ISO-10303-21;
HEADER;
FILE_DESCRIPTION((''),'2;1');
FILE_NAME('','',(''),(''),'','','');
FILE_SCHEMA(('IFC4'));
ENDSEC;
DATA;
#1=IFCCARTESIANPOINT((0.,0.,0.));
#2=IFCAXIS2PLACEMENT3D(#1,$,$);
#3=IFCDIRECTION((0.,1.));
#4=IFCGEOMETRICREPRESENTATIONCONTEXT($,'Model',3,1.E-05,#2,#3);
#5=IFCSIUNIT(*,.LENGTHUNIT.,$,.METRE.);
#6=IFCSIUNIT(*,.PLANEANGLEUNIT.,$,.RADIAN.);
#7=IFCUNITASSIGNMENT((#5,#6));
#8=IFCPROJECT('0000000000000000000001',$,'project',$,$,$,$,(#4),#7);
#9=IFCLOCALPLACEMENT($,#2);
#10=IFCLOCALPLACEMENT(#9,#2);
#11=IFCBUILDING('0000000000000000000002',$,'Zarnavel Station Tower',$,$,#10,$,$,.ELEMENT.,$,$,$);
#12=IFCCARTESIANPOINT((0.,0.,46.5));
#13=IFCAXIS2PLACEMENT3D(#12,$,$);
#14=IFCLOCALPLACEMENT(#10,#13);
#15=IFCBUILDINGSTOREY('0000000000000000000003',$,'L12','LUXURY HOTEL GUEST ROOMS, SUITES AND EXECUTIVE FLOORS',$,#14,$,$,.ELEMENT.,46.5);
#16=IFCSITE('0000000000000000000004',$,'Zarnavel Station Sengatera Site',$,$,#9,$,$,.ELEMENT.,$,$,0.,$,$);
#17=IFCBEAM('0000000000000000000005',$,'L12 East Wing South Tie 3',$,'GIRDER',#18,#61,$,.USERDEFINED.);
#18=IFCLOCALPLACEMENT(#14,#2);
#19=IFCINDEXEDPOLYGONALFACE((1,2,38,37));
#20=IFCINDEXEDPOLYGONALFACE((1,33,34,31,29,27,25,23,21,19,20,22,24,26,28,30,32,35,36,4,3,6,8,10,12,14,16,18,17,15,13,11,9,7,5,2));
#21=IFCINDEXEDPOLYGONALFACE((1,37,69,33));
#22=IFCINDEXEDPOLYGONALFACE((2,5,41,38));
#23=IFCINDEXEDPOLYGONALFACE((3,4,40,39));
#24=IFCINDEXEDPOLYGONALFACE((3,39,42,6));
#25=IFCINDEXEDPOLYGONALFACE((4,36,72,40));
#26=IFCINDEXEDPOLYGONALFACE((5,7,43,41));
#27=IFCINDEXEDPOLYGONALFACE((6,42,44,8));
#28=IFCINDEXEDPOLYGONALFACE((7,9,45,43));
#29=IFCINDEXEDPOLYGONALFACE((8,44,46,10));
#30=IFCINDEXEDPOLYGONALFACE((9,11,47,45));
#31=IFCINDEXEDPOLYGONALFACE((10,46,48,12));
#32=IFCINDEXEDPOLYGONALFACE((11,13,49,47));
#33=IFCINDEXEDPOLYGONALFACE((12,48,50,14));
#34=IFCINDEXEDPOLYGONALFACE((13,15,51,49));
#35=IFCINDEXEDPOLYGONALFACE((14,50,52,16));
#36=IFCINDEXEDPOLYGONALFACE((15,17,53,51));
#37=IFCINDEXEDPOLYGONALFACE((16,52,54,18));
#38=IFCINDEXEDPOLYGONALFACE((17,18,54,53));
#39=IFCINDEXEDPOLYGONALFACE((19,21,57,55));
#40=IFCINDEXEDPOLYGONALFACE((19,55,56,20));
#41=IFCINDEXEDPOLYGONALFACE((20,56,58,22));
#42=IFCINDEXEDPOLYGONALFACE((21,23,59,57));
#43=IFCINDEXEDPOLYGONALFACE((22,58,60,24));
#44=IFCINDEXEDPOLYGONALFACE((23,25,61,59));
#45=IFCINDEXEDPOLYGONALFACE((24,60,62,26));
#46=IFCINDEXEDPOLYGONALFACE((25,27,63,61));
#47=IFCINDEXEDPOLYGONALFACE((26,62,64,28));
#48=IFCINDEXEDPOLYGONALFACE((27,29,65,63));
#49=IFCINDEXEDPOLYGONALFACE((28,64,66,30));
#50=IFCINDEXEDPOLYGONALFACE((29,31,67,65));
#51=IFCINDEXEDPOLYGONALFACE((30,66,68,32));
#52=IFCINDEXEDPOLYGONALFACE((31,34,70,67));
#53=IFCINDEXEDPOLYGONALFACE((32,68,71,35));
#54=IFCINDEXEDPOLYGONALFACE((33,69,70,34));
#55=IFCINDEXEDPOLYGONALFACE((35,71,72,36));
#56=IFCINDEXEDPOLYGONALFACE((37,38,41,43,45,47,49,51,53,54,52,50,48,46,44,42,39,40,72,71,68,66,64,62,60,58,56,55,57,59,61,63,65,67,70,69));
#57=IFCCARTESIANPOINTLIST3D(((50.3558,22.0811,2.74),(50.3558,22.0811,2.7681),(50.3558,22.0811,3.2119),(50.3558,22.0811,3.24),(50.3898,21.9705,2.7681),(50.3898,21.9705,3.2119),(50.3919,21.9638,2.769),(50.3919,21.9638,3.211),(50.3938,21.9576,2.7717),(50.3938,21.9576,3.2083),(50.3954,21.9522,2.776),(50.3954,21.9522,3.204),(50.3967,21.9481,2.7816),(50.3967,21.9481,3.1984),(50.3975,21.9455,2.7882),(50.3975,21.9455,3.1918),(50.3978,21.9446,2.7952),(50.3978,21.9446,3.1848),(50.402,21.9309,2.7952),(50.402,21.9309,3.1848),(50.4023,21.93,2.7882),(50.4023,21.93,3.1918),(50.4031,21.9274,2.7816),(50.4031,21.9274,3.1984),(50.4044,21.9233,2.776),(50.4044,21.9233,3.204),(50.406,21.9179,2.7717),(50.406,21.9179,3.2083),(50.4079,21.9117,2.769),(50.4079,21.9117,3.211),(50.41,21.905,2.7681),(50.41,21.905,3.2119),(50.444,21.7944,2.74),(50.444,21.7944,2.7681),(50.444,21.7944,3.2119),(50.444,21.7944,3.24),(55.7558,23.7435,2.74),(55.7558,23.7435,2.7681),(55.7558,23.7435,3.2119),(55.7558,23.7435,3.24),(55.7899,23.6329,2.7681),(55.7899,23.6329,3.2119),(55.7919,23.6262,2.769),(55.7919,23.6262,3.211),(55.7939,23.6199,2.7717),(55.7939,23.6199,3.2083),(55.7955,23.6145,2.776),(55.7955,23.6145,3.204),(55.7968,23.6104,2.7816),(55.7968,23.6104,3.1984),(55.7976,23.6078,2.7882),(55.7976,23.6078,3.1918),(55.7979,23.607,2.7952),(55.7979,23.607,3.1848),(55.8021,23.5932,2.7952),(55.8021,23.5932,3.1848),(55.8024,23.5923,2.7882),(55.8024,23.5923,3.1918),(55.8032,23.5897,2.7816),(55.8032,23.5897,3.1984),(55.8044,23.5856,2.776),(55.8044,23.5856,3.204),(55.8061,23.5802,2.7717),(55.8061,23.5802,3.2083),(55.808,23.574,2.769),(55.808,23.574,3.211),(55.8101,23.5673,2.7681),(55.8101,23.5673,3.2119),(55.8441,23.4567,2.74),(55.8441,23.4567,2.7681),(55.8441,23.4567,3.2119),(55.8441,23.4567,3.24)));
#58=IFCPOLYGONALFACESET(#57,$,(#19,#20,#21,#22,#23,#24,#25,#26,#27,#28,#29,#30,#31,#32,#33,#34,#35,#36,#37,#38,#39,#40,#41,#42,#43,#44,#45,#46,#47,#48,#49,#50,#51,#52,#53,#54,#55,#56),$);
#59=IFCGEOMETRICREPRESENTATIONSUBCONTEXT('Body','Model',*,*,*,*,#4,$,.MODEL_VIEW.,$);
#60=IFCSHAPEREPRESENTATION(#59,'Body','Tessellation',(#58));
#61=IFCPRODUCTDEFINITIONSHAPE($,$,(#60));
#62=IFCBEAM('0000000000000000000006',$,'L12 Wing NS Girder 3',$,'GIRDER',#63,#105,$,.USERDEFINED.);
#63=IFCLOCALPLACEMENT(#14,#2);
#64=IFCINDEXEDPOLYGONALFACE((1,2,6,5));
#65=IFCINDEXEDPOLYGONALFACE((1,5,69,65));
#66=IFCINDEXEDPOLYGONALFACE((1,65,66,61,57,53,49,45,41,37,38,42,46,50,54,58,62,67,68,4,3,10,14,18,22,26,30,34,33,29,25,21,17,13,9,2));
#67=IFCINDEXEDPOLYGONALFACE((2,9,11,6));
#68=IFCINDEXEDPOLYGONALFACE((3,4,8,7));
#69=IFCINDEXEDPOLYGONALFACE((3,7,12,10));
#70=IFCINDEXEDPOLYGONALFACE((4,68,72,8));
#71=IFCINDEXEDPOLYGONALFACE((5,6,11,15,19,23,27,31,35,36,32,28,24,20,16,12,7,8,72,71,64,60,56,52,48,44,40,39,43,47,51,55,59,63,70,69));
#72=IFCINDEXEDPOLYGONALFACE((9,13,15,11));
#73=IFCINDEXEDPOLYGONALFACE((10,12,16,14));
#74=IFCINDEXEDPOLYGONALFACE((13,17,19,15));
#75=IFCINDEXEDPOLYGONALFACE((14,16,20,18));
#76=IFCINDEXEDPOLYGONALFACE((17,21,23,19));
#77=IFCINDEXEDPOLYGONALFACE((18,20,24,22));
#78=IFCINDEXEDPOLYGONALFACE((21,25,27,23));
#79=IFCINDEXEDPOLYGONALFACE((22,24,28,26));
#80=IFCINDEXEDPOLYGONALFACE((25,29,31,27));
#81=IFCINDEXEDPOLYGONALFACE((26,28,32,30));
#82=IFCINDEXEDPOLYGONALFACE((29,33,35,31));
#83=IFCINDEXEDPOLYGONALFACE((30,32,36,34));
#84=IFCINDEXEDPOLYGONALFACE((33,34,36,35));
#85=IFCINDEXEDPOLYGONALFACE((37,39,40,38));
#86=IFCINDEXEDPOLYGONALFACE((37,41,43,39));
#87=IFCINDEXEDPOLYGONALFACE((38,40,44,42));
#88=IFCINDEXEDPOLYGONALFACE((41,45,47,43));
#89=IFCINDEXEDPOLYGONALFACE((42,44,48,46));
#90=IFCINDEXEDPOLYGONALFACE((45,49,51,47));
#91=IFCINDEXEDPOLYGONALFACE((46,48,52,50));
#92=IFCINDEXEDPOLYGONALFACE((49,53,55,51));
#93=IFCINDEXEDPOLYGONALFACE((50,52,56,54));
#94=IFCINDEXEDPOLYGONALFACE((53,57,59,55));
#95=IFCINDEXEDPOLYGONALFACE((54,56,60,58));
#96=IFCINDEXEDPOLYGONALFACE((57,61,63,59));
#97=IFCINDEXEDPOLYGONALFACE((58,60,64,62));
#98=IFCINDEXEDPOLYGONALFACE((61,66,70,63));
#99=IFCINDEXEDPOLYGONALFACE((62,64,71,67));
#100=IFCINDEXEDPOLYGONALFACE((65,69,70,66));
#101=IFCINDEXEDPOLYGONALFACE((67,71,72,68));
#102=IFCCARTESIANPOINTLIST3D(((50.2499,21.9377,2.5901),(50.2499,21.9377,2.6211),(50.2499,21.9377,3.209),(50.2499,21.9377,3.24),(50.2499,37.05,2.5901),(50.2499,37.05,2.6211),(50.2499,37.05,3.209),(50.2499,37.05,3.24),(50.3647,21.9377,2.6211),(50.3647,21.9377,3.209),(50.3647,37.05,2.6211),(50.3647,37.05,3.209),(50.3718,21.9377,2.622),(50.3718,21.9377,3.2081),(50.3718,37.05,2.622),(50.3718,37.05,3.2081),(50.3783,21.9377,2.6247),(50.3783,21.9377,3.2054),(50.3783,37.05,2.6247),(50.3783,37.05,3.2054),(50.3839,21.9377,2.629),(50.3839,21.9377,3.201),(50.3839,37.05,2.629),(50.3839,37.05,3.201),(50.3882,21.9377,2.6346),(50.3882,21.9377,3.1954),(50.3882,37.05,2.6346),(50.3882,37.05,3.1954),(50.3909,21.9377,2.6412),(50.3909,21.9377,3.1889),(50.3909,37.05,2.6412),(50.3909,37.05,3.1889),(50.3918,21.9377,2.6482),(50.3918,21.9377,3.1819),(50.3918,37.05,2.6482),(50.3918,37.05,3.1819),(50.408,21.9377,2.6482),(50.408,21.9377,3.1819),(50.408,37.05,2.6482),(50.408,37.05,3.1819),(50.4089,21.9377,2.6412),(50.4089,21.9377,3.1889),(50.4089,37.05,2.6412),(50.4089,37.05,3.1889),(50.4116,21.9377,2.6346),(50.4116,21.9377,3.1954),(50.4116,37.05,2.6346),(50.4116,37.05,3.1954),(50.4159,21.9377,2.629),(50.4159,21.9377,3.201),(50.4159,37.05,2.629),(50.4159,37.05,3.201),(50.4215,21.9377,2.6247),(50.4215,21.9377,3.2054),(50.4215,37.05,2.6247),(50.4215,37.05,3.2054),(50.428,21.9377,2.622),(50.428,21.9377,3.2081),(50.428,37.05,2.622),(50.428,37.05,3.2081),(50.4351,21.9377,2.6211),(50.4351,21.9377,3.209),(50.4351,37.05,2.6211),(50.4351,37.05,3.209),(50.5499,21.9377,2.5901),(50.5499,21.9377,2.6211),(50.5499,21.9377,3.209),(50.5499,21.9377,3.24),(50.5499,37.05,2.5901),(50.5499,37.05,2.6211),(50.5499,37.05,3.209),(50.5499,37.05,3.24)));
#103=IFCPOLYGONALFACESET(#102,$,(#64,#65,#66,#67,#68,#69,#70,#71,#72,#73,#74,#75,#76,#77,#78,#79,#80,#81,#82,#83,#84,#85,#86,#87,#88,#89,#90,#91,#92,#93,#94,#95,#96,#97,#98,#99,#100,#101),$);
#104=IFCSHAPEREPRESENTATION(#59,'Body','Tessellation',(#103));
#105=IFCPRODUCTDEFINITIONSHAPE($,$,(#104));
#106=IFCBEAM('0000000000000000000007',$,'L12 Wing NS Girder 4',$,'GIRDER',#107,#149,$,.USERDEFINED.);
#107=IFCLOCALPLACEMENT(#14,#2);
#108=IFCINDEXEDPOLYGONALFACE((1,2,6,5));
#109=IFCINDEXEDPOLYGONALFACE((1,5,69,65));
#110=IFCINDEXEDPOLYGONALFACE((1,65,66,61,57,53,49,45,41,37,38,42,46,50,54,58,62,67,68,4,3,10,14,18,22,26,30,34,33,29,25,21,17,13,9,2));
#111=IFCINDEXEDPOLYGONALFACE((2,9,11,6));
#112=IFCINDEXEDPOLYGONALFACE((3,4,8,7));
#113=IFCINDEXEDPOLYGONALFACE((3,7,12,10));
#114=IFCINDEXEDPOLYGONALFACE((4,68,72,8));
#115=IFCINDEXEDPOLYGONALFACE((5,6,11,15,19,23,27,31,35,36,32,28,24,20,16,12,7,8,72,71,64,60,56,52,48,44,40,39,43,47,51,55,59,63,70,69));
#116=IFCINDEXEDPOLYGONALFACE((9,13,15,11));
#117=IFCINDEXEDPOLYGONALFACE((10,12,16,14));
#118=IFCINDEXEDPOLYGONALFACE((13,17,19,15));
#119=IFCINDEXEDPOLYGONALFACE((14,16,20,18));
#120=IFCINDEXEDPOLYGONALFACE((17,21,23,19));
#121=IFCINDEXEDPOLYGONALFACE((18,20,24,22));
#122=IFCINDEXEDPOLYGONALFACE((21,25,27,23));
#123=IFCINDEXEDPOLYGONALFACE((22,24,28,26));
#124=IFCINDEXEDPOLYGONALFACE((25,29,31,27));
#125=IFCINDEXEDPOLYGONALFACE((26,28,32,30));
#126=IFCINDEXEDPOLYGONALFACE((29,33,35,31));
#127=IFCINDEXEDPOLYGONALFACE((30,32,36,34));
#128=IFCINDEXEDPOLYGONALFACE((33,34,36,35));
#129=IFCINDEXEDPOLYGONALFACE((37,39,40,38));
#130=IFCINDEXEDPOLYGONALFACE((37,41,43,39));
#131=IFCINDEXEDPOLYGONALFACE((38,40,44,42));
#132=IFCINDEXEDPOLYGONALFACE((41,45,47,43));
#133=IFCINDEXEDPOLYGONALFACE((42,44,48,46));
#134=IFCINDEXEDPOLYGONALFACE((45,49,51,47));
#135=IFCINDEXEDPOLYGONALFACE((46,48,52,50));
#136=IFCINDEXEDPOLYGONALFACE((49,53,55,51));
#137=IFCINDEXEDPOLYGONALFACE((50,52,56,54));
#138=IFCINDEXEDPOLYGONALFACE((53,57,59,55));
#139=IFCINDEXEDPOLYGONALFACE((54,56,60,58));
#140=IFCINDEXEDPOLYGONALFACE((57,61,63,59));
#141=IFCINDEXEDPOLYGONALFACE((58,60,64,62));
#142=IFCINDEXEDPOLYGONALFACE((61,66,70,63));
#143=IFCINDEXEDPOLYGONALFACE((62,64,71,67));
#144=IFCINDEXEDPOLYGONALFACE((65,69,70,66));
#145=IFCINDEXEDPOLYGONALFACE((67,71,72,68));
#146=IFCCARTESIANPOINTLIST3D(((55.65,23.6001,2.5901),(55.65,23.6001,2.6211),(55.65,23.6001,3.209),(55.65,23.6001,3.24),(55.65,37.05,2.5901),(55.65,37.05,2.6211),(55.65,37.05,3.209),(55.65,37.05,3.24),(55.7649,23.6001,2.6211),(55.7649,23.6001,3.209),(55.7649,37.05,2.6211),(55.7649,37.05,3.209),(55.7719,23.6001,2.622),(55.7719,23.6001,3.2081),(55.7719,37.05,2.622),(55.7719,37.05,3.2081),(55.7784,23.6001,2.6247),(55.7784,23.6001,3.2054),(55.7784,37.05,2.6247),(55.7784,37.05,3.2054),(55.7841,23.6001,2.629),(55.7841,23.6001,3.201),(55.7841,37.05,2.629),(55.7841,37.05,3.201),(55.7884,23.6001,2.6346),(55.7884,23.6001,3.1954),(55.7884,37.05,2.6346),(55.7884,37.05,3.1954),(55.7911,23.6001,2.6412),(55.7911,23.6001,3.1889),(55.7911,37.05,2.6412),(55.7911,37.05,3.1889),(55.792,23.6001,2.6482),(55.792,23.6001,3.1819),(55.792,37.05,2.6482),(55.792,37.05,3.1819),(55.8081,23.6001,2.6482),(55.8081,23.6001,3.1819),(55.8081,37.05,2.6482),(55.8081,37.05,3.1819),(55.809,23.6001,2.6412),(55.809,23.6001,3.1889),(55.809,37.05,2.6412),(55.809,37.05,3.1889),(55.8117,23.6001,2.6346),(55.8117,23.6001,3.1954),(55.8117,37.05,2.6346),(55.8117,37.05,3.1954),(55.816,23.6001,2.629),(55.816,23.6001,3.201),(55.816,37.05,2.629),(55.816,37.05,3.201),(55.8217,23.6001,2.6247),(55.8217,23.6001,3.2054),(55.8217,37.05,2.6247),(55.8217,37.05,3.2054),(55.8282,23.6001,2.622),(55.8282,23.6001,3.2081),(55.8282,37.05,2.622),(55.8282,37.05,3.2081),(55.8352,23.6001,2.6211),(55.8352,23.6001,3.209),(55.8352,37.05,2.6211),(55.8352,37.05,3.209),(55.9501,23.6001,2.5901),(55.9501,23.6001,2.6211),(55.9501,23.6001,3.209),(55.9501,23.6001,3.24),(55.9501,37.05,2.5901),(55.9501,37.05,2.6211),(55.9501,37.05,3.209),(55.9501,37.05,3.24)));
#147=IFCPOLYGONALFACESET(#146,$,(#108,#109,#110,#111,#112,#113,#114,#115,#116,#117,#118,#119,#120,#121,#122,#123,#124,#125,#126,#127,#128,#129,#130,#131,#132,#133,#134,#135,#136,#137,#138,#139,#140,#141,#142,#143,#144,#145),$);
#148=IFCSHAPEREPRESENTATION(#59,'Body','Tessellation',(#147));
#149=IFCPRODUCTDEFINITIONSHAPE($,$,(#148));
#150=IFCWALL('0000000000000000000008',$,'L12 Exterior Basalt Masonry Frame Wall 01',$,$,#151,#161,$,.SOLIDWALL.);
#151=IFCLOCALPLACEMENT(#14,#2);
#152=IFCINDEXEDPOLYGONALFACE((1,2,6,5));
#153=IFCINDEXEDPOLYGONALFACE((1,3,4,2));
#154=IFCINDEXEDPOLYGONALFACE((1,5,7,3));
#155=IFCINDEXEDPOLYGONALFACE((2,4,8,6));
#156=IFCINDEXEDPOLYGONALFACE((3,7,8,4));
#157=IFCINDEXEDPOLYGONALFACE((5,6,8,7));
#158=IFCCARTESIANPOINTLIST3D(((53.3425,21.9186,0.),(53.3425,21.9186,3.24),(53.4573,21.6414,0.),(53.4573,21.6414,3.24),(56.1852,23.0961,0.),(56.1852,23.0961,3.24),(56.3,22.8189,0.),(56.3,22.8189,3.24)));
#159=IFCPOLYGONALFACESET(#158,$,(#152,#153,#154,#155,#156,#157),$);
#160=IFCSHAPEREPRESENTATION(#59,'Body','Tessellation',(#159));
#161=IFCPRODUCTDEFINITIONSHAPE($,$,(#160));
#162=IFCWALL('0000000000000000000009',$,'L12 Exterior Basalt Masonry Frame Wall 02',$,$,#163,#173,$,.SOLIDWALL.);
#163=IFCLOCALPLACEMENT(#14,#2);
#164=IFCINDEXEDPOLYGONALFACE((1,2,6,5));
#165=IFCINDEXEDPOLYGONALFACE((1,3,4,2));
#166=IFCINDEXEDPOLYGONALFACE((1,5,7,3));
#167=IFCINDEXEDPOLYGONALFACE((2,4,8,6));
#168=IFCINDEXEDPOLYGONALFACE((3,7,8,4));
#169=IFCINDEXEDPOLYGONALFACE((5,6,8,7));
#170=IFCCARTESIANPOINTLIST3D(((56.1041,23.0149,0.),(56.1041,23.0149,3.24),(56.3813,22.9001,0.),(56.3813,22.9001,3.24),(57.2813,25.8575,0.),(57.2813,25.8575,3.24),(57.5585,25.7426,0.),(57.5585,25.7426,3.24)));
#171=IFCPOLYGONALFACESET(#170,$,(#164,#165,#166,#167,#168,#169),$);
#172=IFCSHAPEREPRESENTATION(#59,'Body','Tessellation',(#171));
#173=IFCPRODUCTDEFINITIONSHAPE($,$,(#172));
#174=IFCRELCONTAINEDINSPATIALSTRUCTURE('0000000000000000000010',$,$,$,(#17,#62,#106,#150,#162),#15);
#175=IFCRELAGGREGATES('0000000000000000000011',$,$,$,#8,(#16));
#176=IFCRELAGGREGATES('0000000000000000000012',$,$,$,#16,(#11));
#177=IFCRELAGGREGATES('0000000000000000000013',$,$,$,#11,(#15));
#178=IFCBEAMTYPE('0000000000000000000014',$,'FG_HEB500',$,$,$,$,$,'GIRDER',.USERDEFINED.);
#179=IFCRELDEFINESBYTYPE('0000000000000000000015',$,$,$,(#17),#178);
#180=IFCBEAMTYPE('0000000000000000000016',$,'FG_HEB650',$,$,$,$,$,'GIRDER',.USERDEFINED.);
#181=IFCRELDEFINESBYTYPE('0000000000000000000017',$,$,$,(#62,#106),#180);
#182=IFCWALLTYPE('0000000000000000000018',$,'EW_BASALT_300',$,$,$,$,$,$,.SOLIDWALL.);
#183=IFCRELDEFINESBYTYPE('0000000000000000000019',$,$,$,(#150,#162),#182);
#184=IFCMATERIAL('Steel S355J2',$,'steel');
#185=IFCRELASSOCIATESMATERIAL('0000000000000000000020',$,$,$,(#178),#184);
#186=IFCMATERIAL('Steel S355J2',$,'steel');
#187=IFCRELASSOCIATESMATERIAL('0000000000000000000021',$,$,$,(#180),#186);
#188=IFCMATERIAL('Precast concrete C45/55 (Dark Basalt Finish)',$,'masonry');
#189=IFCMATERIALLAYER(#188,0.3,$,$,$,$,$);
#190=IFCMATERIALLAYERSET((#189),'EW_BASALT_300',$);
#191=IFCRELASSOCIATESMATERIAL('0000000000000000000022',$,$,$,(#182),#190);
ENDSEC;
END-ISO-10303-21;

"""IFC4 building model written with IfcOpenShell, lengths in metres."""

from ifc_helpers import new_model, si_unit, direction, frame, frame_2d, origin, origin_2d, place, context, subcontext, project, spatial, rectangle, i_section, extrude, material, layer, layer_set, material_profile, profile_set, type_object, element, save


model = new_model("IFC4")

# Units and contexts
model_context = context("Model", 3, precision=1e-05, world=origin(), true_north=direction((0.0, 1.0)))
body_context = subcontext(model_context, "Body", "Model", "MODEL_VIEW")
ifc_project = project(units=[si_unit("LENGTHUNIT", "METRE"), si_unit("PLANEANGLEUNIT", "RADIAN")], contexts=[model_context])

# Site, building, storey
site_placement = place(None, origin())
site = spatial("IfcSite", under=ifc_project, at=site_placement, Name="Zarnavel Station Sengatera Site", CompositionType="ELEMENT", RefElevation=0.0)
building_placement = place(site_placement, origin())
building = spatial("IfcBuilding", under=site, at=building_placement, Name="Zarnavel Station Tower", CompositionType="ELEMENT")
storey_placement = place(building_placement, frame((0.0, 0.0, 46.5)))
storey = spatial("IfcBuildingStorey", under=building, at=storey_placement, Name="L12", Description="LUXURY HOTEL GUEST ROOMS, SUITES AND EXECUTIVE FLOORS", CompositionType="ELEMENT", Elevation=46.5)

# Beams
ifc_material_1 = material(Name="Steel S355J2", Category="steel")
ifc_material_profile_1 = material_profile(ifc_material_1, i_section(OverallWidth=0.3, OverallDepth=0.5, WebThickness=0.0144, FlangeThickness=0.0281, FilletRadius=0.0271, at=origin_2d()), Name="HEB500")
ifc_profile_set_1 = profile_set([ifc_material_profile_1], Name="Steel S355J2")
beam_type_1 = type_object("IfcBeamType", Name="FG_HEB500", ElementType="GIRDER", PredefinedType="USERDEFINED", material=ifc_profile_set_1)
beam_1_placement = place(storey_placement, frame((50.3999, 21.9377, 2.99), z_axis=(0.955741, 0.29421, 0.0), x_axis=(-0.29421, 0.955741, 0.0)))
element("IfcBeam", 1, at=beam_1_placement, inside=storey, type_object=beam_type_1, Name="L12 East Wing South Tie 3", ObjectType="GIRDER", PredefinedType="USERDEFINED", context=body_context, shape_type="SweptSolid", body=[
    extrude(i_section(OverallWidth=0.3, OverallDepth=0.5, WebThickness=0.0144, FlangeThickness=0.0281, FilletRadius=0.0271, at=origin_2d()), origin(), (0.0, 0.0, 1.0), 5.6501),
])
ifc_material_2 = material(Name="Steel S355J2", Category="steel")
ifc_material_profile_2 = material_profile(ifc_material_2, i_section(OverallWidth=0.3, OverallDepth=0.6499, WebThickness=0.0161, FlangeThickness=0.031, FilletRadius=0.0271, at=origin_2d()), Name="HEB650")
ifc_profile_set_2 = profile_set([ifc_material_profile_2], Name="Steel S355J2")
beam_type_2 = type_object("IfcBeamType", Name="FG_HEB650", ElementType="GIRDER", PredefinedType="USERDEFINED", material=ifc_profile_set_2)
beam_2_placement = place(storey_placement, frame((50.3999, 21.9377, 2.915), z_axis=(0.0, 1.0, 0.0), x_axis=(-1.0, 0.0, 0.0)))
element("IfcBeam", 2, at=beam_2_placement, inside=storey, type_object=beam_type_2, Name="L12 Wing NS Girder 3", ObjectType="GIRDER", PredefinedType="USERDEFINED", context=body_context, shape_type="SweptSolid", body=[
    extrude(i_section(OverallWidth=0.3, OverallDepth=0.6499, WebThickness=0.0161, FlangeThickness=0.031, FilletRadius=0.0271, at=origin_2d()), origin(), (0.0, 0.0, 1.0), 15.1123),
])
beam_3_placement = place(storey_placement, frame((55.8, 23.6001, 2.915), z_axis=(0.0, 1.0, 0.0), x_axis=(-1.0, 0.0, 0.0)))
element("IfcBeam", 3, at=beam_3_placement, inside=storey, type_object=beam_type_2, Name="L12 Wing NS Girder 4", ObjectType="GIRDER", PredefinedType="USERDEFINED", context=body_context, shape_type="SweptSolid", body=[
    extrude(i_section(OverallWidth=0.3, OverallDepth=0.6499, WebThickness=0.0161, FlangeThickness=0.031, FilletRadius=0.0271, at=origin_2d()), origin(), (0.0, 0.0, 1.0), 13.45),
])

# Walls
ifc_material_3 = material(Name="Precast concrete C45/55 (Dark Basalt Finish)", Category="masonry")
ifc_layer_1 = layer(ifc_material_3, 0.3)
ifc_layer_set_1 = layer_set([ifc_layer_1], Name="EW_BASALT_300")
wall_type_1 = type_object("IfcWallType", Name="EW_BASALT_300", PredefinedType="SOLIDWALL", material=ifc_layer_set_1)
wall_1_placement = place(storey_placement, frame((56.2427, 22.9575, 0.0), z_axis=(0.0, 0.0, 1.0), x_axis=(-0.923882, -0.382676, 0.0)))
element("IfcWall", 4, at=wall_1_placement, inside=storey, type_object=wall_type_1, Name="L12 Exterior Basalt Masonry Frame Wall 01", PredefinedType="SOLIDWALL", context=body_context, shape_type="SweptSolid", body=[
    extrude(rectangle(XDim=3.0769, YDim=0.3, at=frame_2d((1.5386, 0.0))), origin(), (0.0, 0.0, 1.0), 3.24),
])
wall_2_placement = place(storey_placement, frame((57.4199, 25.8, 0.0), z_axis=(0.0, 0.0, 1.0), x_axis=(-0.382637, -0.923899, 0.0)))
element("IfcWall", 5, at=wall_2_placement, inside=storey, type_object=wall_type_1, Name="L12 Exterior Basalt Masonry Frame Wall 02", PredefinedType="SOLIDWALL", context=body_context, shape_type="SweptSolid", body=[
    extrude(rectangle(XDim=3.0767, YDim=0.3, at=frame_2d((1.5383, 0.0))), origin(), (0.0, 0.0, 1.0), 3.24),
])

save(model, "model.ifc")
